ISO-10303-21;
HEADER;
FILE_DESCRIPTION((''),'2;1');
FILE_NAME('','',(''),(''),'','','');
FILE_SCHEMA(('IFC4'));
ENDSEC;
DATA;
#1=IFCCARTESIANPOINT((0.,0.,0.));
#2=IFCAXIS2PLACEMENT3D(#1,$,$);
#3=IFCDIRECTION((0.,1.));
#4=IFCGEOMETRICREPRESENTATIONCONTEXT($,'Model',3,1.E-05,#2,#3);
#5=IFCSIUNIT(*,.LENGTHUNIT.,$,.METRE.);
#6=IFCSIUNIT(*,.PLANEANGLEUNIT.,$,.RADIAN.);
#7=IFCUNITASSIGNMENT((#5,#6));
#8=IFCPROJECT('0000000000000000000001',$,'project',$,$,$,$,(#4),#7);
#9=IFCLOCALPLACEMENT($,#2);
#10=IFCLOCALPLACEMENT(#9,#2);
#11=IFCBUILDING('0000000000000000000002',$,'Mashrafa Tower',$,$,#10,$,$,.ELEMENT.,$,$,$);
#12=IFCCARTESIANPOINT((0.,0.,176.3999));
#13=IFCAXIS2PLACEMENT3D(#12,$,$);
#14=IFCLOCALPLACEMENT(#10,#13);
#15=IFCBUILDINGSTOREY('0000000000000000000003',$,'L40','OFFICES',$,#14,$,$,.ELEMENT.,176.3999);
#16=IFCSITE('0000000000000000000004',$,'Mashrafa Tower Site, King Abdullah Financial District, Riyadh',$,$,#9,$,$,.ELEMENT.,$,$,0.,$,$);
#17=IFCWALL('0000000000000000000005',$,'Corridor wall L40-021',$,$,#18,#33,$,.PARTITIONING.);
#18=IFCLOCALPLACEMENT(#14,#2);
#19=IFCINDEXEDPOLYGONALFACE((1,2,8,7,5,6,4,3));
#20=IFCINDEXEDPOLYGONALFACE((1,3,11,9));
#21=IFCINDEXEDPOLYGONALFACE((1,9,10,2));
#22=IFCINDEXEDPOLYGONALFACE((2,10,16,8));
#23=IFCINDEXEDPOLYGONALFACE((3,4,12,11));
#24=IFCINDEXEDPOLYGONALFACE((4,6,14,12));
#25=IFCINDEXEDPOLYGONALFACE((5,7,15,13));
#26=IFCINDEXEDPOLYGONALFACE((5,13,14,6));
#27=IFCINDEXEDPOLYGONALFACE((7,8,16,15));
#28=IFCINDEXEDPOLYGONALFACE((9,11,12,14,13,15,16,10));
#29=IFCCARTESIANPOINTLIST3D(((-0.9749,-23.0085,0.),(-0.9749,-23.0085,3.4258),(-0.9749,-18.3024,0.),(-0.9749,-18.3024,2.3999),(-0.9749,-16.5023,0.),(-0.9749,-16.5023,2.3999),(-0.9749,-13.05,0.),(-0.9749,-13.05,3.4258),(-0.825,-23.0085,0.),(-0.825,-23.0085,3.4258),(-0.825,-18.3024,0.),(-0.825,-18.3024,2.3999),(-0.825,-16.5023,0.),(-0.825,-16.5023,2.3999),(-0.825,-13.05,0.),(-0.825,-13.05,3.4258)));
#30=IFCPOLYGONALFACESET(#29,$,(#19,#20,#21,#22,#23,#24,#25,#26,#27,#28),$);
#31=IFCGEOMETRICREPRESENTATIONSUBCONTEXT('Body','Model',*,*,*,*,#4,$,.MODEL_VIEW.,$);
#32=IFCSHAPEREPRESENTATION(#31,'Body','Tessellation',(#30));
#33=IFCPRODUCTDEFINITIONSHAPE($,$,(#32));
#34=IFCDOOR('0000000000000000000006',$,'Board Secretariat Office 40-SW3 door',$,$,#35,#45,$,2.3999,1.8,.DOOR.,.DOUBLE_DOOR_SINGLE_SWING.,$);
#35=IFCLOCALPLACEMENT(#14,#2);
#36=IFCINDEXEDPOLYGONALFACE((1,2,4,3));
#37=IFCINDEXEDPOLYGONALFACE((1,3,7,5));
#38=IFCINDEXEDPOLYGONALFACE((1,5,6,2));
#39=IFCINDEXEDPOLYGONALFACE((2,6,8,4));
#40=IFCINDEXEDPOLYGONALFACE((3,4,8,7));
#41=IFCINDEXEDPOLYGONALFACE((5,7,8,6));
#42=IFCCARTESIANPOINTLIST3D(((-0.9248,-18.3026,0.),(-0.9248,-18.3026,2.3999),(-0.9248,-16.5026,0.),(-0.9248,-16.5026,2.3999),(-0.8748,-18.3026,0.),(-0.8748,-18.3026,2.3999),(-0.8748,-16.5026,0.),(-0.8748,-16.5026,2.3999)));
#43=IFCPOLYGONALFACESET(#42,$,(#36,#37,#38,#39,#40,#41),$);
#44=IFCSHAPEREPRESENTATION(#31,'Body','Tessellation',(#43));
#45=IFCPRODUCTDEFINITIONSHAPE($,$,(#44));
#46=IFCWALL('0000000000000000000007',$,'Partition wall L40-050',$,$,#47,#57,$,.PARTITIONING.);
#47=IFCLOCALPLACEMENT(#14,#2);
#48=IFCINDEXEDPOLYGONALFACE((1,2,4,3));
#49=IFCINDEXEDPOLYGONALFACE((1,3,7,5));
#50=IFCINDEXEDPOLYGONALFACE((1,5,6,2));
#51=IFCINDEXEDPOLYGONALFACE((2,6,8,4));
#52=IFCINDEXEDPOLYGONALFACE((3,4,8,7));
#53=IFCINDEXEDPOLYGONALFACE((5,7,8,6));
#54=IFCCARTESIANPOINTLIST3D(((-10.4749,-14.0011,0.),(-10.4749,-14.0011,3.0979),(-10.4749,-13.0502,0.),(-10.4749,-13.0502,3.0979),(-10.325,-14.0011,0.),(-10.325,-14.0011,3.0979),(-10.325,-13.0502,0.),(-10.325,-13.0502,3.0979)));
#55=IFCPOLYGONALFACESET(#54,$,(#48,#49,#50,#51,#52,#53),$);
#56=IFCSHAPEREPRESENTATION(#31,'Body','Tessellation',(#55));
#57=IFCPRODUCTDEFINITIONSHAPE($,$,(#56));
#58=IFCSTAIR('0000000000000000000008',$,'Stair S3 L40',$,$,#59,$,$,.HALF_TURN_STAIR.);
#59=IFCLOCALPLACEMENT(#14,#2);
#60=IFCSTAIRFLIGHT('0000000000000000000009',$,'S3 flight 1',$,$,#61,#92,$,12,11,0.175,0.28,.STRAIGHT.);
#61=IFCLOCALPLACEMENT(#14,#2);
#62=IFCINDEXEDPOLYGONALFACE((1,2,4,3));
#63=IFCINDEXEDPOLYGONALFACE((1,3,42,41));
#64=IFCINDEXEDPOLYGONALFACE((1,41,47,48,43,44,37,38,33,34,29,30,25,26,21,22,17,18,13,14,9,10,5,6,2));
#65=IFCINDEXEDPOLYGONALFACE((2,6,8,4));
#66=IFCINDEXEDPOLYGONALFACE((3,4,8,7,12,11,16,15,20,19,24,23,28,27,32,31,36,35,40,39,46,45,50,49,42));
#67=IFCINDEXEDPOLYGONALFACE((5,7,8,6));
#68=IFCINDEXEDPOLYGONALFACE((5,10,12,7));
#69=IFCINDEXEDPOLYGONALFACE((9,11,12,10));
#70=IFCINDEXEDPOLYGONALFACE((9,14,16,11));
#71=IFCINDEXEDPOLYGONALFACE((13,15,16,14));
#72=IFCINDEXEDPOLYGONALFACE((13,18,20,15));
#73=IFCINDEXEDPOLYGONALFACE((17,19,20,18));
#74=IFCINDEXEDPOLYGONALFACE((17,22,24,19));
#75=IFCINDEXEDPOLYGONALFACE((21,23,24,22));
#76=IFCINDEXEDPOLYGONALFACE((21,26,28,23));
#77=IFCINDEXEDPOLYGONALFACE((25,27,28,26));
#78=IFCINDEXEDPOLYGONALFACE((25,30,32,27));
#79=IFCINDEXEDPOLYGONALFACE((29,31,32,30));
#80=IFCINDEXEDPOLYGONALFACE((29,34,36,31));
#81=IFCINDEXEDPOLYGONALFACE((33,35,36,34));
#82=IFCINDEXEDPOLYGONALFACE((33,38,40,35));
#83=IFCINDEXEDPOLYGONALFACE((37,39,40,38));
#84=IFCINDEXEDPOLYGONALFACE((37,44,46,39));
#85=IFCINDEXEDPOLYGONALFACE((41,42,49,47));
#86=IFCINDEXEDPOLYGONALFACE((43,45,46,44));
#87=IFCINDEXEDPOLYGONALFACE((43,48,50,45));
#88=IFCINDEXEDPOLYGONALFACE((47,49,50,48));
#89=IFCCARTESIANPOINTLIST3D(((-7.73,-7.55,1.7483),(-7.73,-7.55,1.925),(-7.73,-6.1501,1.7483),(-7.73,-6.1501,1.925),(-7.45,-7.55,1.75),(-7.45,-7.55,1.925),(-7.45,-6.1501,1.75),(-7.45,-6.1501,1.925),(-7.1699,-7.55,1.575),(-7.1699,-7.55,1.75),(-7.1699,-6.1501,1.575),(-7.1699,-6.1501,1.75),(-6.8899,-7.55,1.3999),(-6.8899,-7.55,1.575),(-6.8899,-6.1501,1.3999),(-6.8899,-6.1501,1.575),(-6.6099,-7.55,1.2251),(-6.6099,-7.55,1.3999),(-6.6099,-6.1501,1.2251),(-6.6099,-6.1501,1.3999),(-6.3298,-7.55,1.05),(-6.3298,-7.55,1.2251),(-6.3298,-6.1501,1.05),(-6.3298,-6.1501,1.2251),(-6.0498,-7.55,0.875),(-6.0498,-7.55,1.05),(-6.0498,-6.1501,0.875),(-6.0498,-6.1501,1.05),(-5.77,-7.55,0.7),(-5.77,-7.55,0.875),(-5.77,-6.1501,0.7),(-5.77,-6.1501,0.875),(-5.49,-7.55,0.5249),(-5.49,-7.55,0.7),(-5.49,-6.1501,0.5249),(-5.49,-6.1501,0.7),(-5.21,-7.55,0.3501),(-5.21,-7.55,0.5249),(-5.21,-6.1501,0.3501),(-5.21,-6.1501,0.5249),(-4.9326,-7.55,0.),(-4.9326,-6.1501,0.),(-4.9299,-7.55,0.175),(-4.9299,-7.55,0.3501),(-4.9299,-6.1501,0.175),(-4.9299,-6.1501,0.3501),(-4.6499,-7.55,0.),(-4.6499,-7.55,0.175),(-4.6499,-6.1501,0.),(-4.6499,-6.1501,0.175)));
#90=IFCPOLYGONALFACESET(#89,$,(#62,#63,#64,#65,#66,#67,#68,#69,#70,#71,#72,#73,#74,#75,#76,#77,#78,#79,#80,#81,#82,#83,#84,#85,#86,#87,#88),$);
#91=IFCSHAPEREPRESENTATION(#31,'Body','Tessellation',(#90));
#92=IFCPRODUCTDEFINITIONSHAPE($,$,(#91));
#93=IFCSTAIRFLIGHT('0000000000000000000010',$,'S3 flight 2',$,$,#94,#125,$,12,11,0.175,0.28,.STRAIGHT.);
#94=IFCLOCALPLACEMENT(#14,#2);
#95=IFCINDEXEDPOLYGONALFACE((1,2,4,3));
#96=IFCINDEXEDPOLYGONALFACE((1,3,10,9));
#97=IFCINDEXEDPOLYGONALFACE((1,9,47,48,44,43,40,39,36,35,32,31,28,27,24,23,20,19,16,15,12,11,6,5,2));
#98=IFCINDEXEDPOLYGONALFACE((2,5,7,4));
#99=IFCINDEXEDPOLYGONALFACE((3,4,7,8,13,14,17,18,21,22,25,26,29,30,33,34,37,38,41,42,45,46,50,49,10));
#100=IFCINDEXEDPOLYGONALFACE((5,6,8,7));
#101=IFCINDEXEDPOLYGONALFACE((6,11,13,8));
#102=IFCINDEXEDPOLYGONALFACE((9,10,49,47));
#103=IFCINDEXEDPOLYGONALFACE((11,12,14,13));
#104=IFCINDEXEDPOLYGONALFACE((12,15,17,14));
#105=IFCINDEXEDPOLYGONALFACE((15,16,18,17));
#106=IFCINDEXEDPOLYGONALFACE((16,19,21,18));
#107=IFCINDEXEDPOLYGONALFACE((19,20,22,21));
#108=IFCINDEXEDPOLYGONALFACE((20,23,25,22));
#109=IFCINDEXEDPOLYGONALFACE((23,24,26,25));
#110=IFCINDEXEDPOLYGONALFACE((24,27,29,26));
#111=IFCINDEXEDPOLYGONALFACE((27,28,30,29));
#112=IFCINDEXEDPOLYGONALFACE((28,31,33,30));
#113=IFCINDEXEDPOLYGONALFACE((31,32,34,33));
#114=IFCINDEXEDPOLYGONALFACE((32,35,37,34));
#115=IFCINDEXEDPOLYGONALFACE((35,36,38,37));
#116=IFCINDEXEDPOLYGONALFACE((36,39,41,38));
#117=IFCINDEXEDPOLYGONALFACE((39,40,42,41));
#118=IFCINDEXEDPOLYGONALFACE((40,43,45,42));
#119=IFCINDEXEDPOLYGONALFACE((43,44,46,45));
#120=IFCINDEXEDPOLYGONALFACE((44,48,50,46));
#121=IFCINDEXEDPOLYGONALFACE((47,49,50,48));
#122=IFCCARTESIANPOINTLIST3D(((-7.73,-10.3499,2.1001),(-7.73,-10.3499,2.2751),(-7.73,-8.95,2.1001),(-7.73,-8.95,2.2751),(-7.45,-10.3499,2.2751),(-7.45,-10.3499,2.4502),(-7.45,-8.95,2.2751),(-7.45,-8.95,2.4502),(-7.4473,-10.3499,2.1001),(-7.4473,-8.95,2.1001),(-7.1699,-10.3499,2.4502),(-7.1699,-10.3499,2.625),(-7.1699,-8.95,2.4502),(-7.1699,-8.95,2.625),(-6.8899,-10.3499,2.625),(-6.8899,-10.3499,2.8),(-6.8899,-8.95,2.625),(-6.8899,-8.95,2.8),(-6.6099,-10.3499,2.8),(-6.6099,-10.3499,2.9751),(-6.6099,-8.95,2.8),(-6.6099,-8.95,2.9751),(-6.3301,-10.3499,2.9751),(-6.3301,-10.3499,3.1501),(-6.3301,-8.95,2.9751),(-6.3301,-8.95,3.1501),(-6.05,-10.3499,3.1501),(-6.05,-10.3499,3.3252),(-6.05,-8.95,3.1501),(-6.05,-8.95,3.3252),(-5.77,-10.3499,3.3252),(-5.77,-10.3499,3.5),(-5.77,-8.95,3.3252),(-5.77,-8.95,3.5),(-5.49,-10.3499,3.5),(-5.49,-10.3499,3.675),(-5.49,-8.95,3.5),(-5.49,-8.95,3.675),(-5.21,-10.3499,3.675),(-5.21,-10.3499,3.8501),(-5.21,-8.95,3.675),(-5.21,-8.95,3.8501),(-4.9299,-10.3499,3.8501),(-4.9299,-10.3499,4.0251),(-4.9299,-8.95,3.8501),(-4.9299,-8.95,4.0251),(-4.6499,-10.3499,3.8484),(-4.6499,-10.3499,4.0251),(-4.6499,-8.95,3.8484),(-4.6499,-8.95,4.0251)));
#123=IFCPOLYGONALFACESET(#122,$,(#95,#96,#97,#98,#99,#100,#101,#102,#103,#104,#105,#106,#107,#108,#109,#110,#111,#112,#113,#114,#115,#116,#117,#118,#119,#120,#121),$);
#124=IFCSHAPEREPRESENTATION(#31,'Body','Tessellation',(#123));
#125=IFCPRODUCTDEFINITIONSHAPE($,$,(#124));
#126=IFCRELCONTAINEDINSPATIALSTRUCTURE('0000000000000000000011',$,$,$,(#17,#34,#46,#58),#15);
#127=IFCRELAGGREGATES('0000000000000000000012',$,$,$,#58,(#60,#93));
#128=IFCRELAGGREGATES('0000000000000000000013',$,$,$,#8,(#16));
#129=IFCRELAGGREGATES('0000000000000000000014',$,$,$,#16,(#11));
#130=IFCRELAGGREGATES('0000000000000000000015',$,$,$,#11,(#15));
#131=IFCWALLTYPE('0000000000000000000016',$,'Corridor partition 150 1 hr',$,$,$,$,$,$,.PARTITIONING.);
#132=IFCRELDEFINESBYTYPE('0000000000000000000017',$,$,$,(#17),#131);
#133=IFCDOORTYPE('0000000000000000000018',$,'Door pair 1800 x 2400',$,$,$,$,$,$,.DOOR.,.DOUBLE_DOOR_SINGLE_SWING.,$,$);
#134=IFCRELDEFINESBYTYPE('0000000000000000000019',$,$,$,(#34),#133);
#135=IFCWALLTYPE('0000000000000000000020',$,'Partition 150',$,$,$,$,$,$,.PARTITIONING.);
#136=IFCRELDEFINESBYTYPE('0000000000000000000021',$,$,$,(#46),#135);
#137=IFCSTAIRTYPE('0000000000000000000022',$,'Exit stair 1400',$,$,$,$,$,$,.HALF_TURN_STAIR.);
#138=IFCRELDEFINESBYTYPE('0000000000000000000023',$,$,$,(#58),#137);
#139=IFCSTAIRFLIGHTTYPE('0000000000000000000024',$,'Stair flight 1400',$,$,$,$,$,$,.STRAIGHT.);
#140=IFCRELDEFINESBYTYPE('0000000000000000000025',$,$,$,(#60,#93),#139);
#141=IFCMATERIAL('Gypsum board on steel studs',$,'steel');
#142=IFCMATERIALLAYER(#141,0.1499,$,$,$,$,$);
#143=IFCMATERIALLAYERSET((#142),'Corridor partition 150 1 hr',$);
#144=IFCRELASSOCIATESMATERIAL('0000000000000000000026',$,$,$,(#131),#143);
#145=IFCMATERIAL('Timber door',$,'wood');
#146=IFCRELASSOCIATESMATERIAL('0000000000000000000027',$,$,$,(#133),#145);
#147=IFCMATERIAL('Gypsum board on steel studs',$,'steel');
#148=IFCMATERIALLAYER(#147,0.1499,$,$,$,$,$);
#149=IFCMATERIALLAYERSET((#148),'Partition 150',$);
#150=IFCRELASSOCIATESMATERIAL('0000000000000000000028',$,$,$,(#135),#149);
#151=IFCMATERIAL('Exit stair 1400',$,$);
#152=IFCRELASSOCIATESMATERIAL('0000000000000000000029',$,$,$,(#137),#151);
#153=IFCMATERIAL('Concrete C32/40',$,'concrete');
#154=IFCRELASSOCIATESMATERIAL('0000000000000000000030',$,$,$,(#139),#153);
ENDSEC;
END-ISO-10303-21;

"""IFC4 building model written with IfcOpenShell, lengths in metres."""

from ifc_helpers import new_model, si_unit, direction, frame, frame_2d, origin, place, context, subcontext, project, spatial, polyline, rectangle, outline, extrude, material, layer, layer_set, type_object, element, fill, aggregate, save


model = new_model("IFC4")

# Units and contexts
model_context = context("Model", 3, precision=1e-05, world=origin(), true_north=direction((0.0, 1.0)))
body_context = subcontext(model_context, "Body", "Model", "MODEL_VIEW")
ifc_project = project(units=[si_unit("LENGTHUNIT", "METRE"), si_unit("PLANEANGLEUNIT", "RADIAN")], contexts=[model_context])

# Site, building, storey
site_placement = place(None, origin())
site = spatial("IfcSite", under=ifc_project, at=site_placement, Name="Mashrafa Tower Site, King Abdullah Financial District, Riyadh", CompositionType="ELEMENT", RefElevation=0.0)
building_placement = place(site_placement, origin())
building = spatial("IfcBuilding", under=site, at=building_placement, Name="Mashrafa Tower", CompositionType="ELEMENT")
storey_placement = place(building_placement, frame((0.0, 0.0, 176.3999)))
storey = spatial("IfcBuildingStorey", under=building, at=storey_placement, Name="L40", Description="OFFICES", CompositionType="ELEMENT", Elevation=176.3999)

# Shared definitions
ifc_material_1 = material(Name="Gypsum board on steel studs", Category="steel")
ifc_layer_1 = layer(ifc_material_1, 0.1499)
ifc_layer_set_1 = layer_set([ifc_layer_1], Name="Corridor partition 150 1 hr")
wall_type_1 = type_object("IfcWallType", Name="Corridor partition 150 1 hr", PredefinedType="PARTITIONING", material=ifc_layer_set_1)

# Wall, opening, door
wall_1_placement = place(storey_placement, frame((-0.8999, -13.05, 0.0), z_axis=(0.0, 0.0, 1.0), x_axis=(0.0, -1.0, 0.0)))
wall_1 = element("IfcWall", 1, at=wall_1_placement, inside=storey, type_object=wall_type_1, Name="Corridor wall L40-021", PredefinedType="PARTITIONING", context=body_context, shape_type="SweptSolid", body=[
    extrude(rectangle(XDim=9.9585, YDim=0.1499, at=frame_2d((4.9792, 0.0))), origin(), (0.0, 0.0, 1.0), 3.4258),
])
opening_1_placement = place(wall_1_placement, frame((3.4524, 0.0, 0.0)))
opening_1 = element("IfcOpeningElement", 2, at=opening_1_placement, cuts=wall_1, PredefinedType="OPENING", context=body_context, shape_type="SweptSolid", body=[
    extrude(rectangle(XDim=1.8, YDim=2.3999, at=frame_2d((0.8999, 1.2))), frame((0.0, 0.085, 0.0), z_axis=(0.0, -1.0, 0.0), x_axis=(1.0, 0.0, 0.0)), (0.0, 0.0, 1.0), 0.1699),
])
ifc_material_2 = material(Name="Timber door", Category="wood")
door_type_1 = type_object("IfcDoorType", Name="Door pair 1800 x 2400", OperationType="DOUBLE_DOOR_SINGLE_SWING", PredefinedType="DOOR", material=ifc_material_2)
door_1_placement = place(opening_1_placement, frame((1.8, 0.0, 0.0), z_axis=(0.0, 0.0, 1.0), x_axis=(-1.0, 0.0, 0.0)))
door_1 = element("IfcDoor", 3, at=door_1_placement, inside=storey, type_object=door_type_1, Name="Board Secretariat Office 40-SW3 door", OperationType="DOUBLE_DOOR_SINGLE_SWING", OverallHeight=2.3999, OverallWidth=1.8, PredefinedType="DOOR", context=body_context, shape_type="SweptSolid", body=[
    extrude(rectangle(XDim=1.8, YDim=2.3999, at=frame_2d((0.8999, 1.2))), frame((0.0, 0.0249, 0.0), z_axis=(0.0, -1.0, 0.0), x_axis=(1.0, 0.0, 0.0)), (0.0, 0.0, 1.0), 0.05),
])
fill(opening_1, door_1)

# Wall
ifc_material_3 = material(Name="Gypsum board on steel studs", Category="steel")
ifc_layer_2 = layer(ifc_material_3, 0.1499)
ifc_layer_set_2 = layer_set([ifc_layer_2], Name="Partition 150")
wall_type_2 = type_object("IfcWallType", Name="Partition 150", PredefinedType="PARTITIONING", material=ifc_layer_set_2)
wall_2_placement = place(storey_placement, frame((-10.3999, -13.05, 0.0), z_axis=(0.0, 0.0, 1.0), x_axis=(0.0, -1.0, 0.0)))
element("IfcWall", 4, at=wall_2_placement, inside=storey, type_object=wall_type_2, Name="Partition wall L40-050", PredefinedType="PARTITIONING", context=body_context, shape_type="SweptSolid", body=[
    extrude(rectangle(XDim=0.9509, YDim=0.1499, at=frame_2d((0.4756, 0.0))), origin(), (0.0, 0.0, 1.0), 3.0979),
])

# Stair, stair flights
ifc_material_4 = material(Name="Exit stair 1400")
stair_type = type_object("IfcStairType", Name="Exit stair 1400", PredefinedType="HALF_TURN_STAIR", material=ifc_material_4)
stair_placement = place(storey_placement, origin())
stair = element("IfcStair", 5, at=stair_placement, inside=storey, type_object=stair_type, Name="Stair S3 L40", PredefinedType="HALF_TURN_STAIR")
ifc_material_5 = material(Name="Concrete C32/40", Category="concrete")
stair_flight_type = type_object("IfcStairFlightType", Name="Stair flight 1400", PredefinedType="STRAIGHT", material=ifc_material_5)
stair_flight_1_placement = place(storey_placement, frame((-4.6499, -6.8501, 0.0), z_axis=(0.0, 0.0, 1.0), x_axis=(-1.0, 0.0, 0.0)))
stair_flight_1 = element("IfcStairFlight", 6, at=stair_flight_1_placement, type_object=stair_flight_type, Name="S3 flight 1", NumberOfRisers=12, NumberOfTreads=11, PredefinedType="STRAIGHT", RiserHeight=0.175, TreadLength=0.28, context=body_context, shape_type="SweptSolid", body=[
    extrude(outline(polyline([(0.0, 0.0), (0.0, 0.175), (0.28, 0.175), (0.28, 0.3501), (0.5601, 0.3501), (0.5601, 0.5249), (0.8401, 0.5249), (0.8401, 0.7), (1.1201, 0.7), (1.1201, 0.875), (1.3999, 0.875), (1.3999, 1.05), (1.6799, 1.05), (1.6799, 1.2251), (1.96, 1.2251), (1.96, 1.3999), (2.24, 1.3999), (2.24, 1.575), (2.52, 1.575), (2.52, 1.75), (2.8, 1.75), (2.8, 1.925), (3.0801, 1.925), (3.0801, 2.1001), (3.0801, 1.7483), (0.2827, 0.0), (0.0, 0.0)])), frame((0.0, 0.7, 0.0), z_axis=(0.0, -1.0, 0.0), x_axis=(1.0, 0.0, 0.0)), (0.0, 0.0, 1.0), 1.3999),
])
stair_flight_2_placement = place(storey_placement, frame((-7.73, -9.6499, 2.1001), z_axis=(0.0, 0.0, 1.0), x_axis=(1.0, 0.0, 0.0)))
stair_flight_2 = element("IfcStairFlight", 7, at=stair_flight_2_placement, type_object=stair_flight_type, Name="S3 flight 2", NumberOfRisers=12, NumberOfTreads=11, PredefinedType="STRAIGHT", RiserHeight=0.175, TreadLength=0.28, context=body_context, shape_type="SweptSolid", body=[
    extrude(outline(polyline([(0.0, 0.0), (0.0, 0.175), (0.28, 0.175), (0.28, 0.3501), (0.5601, 0.3501), (0.5601, 0.5249), (0.8401, 0.5249), (0.8401, 0.7), (1.1201, 0.7), (1.1201, 0.875), (1.3999, 0.875), (1.3999, 1.05), (1.6799, 1.05), (1.6799, 1.2251), (1.96, 1.2251), (1.96, 1.3999), (2.24, 1.3999), (2.24, 1.575), (2.52, 1.575), (2.52, 1.75), (2.8, 1.75), (2.8, 1.925), (3.0801, 1.925), (3.0801, 2.1001), (3.0801, 1.7483), (0.2827, 0.0), (0.0, 0.0)])), frame((0.0, 0.7, 0.0), z_axis=(0.0, -1.0, 0.0), x_axis=(1.0, 0.0, 0.0)), (0.0, 0.0, 1.0), 1.3999),
])
aggregate(stair, [stair_flight_1, stair_flight_2])

save(model, "model.ifc")
